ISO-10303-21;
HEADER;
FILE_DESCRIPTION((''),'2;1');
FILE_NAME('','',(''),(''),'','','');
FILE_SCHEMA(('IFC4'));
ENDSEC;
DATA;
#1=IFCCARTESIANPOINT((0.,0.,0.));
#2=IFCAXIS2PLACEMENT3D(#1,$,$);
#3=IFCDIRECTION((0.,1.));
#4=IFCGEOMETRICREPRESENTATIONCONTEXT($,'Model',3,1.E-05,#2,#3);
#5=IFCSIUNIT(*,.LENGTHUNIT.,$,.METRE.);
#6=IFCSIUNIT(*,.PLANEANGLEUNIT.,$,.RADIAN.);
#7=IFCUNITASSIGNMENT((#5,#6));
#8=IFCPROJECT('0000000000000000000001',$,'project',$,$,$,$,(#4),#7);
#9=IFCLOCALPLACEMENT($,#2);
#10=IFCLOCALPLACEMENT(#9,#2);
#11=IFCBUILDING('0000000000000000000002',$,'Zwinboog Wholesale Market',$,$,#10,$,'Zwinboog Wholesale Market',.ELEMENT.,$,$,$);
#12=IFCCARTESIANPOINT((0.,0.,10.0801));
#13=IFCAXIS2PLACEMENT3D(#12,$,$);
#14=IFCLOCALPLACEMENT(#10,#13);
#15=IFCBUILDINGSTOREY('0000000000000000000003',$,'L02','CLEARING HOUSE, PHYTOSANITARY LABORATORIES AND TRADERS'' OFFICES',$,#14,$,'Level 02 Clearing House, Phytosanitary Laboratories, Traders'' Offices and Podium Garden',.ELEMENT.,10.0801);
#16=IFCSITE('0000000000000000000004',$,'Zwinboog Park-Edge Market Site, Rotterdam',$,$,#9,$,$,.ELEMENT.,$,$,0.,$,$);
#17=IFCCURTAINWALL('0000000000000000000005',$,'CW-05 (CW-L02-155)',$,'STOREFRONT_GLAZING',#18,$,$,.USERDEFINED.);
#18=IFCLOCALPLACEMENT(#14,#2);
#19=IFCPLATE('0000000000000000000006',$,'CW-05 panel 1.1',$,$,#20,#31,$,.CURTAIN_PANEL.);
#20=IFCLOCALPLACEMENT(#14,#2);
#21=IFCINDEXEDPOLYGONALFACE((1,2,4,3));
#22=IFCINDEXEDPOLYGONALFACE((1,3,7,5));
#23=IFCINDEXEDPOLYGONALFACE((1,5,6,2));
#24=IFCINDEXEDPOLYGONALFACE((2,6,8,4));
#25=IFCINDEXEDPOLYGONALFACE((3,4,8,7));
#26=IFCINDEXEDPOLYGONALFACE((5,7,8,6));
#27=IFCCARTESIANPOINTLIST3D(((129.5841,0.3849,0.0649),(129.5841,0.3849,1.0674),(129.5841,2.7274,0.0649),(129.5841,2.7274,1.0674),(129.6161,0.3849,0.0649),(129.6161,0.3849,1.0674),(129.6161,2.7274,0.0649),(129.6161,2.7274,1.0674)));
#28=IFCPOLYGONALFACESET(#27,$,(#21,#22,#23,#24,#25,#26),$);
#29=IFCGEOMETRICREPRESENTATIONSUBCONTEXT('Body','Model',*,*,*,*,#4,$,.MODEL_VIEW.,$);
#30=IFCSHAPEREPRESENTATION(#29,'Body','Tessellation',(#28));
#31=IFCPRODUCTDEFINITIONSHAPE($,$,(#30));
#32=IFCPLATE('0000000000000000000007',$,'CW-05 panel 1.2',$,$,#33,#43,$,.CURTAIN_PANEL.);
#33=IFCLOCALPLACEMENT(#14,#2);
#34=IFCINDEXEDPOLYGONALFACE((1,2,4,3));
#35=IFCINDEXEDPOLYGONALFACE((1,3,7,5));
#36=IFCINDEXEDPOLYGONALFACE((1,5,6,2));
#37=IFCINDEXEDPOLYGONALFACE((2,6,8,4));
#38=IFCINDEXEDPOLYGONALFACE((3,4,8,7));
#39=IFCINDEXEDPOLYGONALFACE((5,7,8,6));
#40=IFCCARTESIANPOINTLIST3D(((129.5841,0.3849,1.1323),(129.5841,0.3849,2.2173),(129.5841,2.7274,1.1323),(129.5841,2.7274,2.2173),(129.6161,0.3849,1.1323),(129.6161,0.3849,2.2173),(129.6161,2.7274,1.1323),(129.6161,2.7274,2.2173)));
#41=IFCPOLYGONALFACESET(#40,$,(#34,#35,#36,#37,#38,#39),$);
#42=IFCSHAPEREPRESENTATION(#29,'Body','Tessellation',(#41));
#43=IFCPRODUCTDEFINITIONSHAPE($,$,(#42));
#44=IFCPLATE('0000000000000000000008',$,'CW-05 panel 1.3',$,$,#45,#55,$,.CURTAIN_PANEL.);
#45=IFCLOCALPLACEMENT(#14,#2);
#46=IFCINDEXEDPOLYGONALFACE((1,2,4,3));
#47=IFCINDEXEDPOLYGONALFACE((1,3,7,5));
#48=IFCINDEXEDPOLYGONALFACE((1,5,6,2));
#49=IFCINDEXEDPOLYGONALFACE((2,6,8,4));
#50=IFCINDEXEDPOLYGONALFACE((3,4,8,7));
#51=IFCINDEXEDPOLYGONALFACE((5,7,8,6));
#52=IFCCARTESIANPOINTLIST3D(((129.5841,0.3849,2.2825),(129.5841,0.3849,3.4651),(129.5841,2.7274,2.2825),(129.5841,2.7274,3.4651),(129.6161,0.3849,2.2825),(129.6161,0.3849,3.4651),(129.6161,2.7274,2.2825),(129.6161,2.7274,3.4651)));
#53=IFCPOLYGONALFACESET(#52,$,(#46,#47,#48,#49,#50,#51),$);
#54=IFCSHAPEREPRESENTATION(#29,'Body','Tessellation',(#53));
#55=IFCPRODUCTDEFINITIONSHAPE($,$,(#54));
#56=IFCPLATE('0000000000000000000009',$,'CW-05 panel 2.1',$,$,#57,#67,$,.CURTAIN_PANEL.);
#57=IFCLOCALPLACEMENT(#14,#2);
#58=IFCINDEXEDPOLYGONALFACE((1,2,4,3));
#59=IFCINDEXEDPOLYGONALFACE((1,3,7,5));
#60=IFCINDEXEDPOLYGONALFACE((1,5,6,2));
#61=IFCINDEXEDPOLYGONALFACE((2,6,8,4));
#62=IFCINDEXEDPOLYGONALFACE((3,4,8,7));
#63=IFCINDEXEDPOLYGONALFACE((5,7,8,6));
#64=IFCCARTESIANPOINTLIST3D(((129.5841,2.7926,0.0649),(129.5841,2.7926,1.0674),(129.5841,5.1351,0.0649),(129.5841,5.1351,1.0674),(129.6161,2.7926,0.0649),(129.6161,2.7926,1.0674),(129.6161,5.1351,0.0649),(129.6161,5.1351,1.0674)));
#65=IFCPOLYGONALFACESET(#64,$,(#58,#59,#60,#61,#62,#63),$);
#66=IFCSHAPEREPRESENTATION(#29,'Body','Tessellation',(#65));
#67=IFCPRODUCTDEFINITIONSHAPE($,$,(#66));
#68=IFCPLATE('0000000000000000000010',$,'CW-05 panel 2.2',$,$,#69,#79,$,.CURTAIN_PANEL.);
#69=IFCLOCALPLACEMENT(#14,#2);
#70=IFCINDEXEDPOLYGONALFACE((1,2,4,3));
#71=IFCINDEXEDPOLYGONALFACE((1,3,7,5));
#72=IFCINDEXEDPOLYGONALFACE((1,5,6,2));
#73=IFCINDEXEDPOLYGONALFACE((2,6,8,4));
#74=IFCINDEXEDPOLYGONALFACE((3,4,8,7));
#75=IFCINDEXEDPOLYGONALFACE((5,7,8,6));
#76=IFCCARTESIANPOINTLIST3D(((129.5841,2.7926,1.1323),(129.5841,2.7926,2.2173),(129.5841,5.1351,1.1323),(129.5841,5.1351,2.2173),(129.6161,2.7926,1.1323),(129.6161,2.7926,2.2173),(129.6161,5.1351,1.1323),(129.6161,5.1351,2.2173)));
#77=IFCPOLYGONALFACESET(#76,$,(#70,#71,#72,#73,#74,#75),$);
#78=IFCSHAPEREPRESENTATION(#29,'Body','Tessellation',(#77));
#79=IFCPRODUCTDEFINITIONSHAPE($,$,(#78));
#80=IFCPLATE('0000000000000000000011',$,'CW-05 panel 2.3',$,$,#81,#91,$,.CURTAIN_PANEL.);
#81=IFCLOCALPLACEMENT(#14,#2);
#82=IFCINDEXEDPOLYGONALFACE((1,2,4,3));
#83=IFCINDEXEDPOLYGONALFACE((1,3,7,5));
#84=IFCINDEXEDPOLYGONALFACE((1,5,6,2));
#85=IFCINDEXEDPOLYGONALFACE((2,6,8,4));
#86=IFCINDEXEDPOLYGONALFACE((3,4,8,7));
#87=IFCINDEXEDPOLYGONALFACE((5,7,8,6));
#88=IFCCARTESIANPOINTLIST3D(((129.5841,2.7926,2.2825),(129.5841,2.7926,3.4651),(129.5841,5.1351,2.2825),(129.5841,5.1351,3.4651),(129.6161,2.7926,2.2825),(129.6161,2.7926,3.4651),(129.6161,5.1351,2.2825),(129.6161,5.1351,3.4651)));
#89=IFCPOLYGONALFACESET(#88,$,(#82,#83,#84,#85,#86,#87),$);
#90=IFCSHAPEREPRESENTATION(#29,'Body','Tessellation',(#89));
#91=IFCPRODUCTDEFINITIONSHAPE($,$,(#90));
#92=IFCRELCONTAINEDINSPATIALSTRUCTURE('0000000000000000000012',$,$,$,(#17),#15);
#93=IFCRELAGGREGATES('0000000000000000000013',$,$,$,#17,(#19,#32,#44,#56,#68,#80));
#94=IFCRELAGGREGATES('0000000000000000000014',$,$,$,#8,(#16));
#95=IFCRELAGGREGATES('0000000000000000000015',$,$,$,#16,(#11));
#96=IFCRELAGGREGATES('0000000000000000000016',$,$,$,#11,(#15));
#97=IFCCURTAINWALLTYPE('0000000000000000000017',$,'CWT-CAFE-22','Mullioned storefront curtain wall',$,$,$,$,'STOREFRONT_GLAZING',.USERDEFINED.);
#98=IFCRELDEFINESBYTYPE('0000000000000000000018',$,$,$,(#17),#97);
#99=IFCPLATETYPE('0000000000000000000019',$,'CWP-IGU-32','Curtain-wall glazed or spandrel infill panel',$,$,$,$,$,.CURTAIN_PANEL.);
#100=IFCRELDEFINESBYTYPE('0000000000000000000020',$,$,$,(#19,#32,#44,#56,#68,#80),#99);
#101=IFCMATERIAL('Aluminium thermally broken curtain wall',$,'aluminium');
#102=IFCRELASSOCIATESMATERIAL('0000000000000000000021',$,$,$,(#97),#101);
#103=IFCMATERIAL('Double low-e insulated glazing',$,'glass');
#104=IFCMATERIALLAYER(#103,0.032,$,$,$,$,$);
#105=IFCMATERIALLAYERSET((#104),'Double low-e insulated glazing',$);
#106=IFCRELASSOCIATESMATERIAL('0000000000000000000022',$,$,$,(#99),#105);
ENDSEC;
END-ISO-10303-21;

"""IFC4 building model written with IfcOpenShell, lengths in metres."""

from ifc_helpers import new_model, si_unit, direction, frame, origin, origin_2d, place, context, subcontext, project, spatial, rectangle, extrude, material, layer, layer_set, type_object, element, aggregate, save


model = new_model("IFC4")

# Units and contexts
model_context = context("Model", 3, precision=1e-05, world=origin(), true_north=direction((0.0, 1.0)))
body_context = subcontext(model_context, "Body", "Model", "MODEL_VIEW")
ifc_project = project(units=[si_unit("LENGTHUNIT", "METRE"), si_unit("PLANEANGLEUNIT", "RADIAN")], contexts=[model_context])

# Site, building, storey
site_placement = place(None, origin())
site = spatial("IfcSite", under=ifc_project, at=site_placement, Name="Zwinboog Park-Edge Market Site, Rotterdam", CompositionType="ELEMENT", RefElevation=0.0)
building_placement = place(site_placement, origin())
building = spatial("IfcBuilding", under=site, at=building_placement, Name="Zwinboog Wholesale Market", LongName="Zwinboog Wholesale Market", CompositionType="ELEMENT")
storey_placement = place(building_placement, frame((0.0, 0.0, 10.0801)))
storey = spatial("IfcBuildingStorey", under=building, at=storey_placement, Name="L02", Description="CLEARING HOUSE, PHYTOSANITARY LABORATORIES AND TRADERS' OFFICES", LongName="Level 02 Clearing House, Phytosanitary Laboratories, Traders' Offices and Podium Garden", CompositionType="ELEMENT", Elevation=10.0801)

# Curtain wall, plates
ifc_material_1 = material(Name="Aluminium thermally broken curtain wall", Category="aluminium")
curtain_wall_type = type_object("IfcCurtainWallType", Name="CWT-CAFE-22", Description="Mullioned storefront curtain wall", ElementType="STOREFRONT_GLAZING", PredefinedType="USERDEFINED", material=ifc_material_1)
curtain_wall_placement = place(storey_placement, origin())
curtain_wall = element("IfcCurtainWall", 1, at=curtain_wall_placement, inside=storey, type_object=curtain_wall_type, Name="CW-05 (CW-L02-155)", ObjectType="STOREFRONT_GLAZING", PredefinedType="USERDEFINED")
ifc_material_2 = material(Name="Double low-e insulated glazing", Category="glass")
ifc_layer = layer(ifc_material_2, 0.032)
ifc_layer_set = layer_set([ifc_layer], Name="Double low-e insulated glazing")
plate_type = type_object("IfcPlateType", Name="CWP-IGU-32", Description="Curtain-wall glazed or spandrel infill panel", PredefinedType="CURTAIN_PANEL", material=ifc_layer_set)
plate_1_placement = place(storey_placement, frame((129.6001, 1.5562, 0.0649), z_axis=(0.0, 0.0, 1.0), x_axis=(0.0, 1.0, 0.0)))
plate_1 = element("IfcPlate", 2, at=plate_1_placement, type_object=plate_type, Name="CW-05 panel 1.1", PredefinedType="CURTAIN_PANEL", context=body_context, shape_type="SweptSolid", body=[
    extrude(rectangle(XDim=2.3425, YDim=0.032, at=origin_2d()), origin(), (0.0, 0.0, 1.0), 1.0024),
])
plate_2_placement = place(storey_placement, frame((129.6001, 1.5562, 1.1323), z_axis=(0.0, 0.0, 1.0), x_axis=(0.0, 1.0, 0.0)))
plate_2 = element("IfcPlate", 3, at=plate_2_placement, type_object=plate_type, Name="CW-05 panel 1.2", PredefinedType="CURTAIN_PANEL", context=body_context, shape_type="SweptSolid", body=[
    extrude(rectangle(XDim=2.3425, YDim=0.032, at=origin_2d()), origin(), (0.0, 0.0, 1.0), 1.085),
])
plate_3_placement = place(storey_placement, frame((129.6001, 1.5562, 2.2825), z_axis=(0.0, 0.0, 1.0), x_axis=(0.0, 1.0, 0.0)))
plate_3 = element("IfcPlate", 4, at=plate_3_placement, type_object=plate_type, Name="CW-05 panel 1.3", PredefinedType="CURTAIN_PANEL", context=body_context, shape_type="SweptSolid", body=[
    extrude(rectangle(XDim=2.3425, YDim=0.032, at=origin_2d()), origin(), (0.0, 0.0, 1.0), 1.1826),
])
plate_4_placement = place(storey_placement, frame((129.6001, 3.9639, 0.0649), z_axis=(0.0, 0.0, 1.0), x_axis=(0.0, 1.0, 0.0)))
plate_4 = element("IfcPlate", 5, at=plate_4_placement, type_object=plate_type, Name="CW-05 panel 2.1", PredefinedType="CURTAIN_PANEL", context=body_context, shape_type="SweptSolid", body=[
    extrude(rectangle(XDim=2.3425, YDim=0.032, at=origin_2d()), origin(), (0.0, 0.0, 1.0), 1.0024),
])
plate_5_placement = place(storey_placement, frame((129.6001, 3.9639, 1.1323), z_axis=(0.0, 0.0, 1.0), x_axis=(0.0, 1.0, 0.0)))
plate_5 = element("IfcPlate", 6, at=plate_5_placement, type_object=plate_type, Name="CW-05 panel 2.2", PredefinedType="CURTAIN_PANEL", context=body_context, shape_type="SweptSolid", body=[
    extrude(rectangle(XDim=2.3425, YDim=0.032, at=origin_2d()), origin(), (0.0, 0.0, 1.0), 1.085),
])
plate_6_placement = place(storey_placement, frame((129.6001, 3.9639, 2.2825), z_axis=(0.0, 0.0, 1.0), x_axis=(0.0, 1.0, 0.0)))
plate_6 = element("IfcPlate", 7, at=plate_6_placement, type_object=plate_type, Name="CW-05 panel 2.3", PredefinedType="CURTAIN_PANEL", context=body_context, shape_type="SweptSolid", body=[
    extrude(rectangle(XDim=2.3425, YDim=0.032, at=origin_2d()), origin(), (0.0, 0.0, 1.0), 1.1826),
])
aggregate(curtain_wall, [plate_1, plate_2, plate_3, plate_4, plate_5, plate_6])

save(model, "model.ifc")
